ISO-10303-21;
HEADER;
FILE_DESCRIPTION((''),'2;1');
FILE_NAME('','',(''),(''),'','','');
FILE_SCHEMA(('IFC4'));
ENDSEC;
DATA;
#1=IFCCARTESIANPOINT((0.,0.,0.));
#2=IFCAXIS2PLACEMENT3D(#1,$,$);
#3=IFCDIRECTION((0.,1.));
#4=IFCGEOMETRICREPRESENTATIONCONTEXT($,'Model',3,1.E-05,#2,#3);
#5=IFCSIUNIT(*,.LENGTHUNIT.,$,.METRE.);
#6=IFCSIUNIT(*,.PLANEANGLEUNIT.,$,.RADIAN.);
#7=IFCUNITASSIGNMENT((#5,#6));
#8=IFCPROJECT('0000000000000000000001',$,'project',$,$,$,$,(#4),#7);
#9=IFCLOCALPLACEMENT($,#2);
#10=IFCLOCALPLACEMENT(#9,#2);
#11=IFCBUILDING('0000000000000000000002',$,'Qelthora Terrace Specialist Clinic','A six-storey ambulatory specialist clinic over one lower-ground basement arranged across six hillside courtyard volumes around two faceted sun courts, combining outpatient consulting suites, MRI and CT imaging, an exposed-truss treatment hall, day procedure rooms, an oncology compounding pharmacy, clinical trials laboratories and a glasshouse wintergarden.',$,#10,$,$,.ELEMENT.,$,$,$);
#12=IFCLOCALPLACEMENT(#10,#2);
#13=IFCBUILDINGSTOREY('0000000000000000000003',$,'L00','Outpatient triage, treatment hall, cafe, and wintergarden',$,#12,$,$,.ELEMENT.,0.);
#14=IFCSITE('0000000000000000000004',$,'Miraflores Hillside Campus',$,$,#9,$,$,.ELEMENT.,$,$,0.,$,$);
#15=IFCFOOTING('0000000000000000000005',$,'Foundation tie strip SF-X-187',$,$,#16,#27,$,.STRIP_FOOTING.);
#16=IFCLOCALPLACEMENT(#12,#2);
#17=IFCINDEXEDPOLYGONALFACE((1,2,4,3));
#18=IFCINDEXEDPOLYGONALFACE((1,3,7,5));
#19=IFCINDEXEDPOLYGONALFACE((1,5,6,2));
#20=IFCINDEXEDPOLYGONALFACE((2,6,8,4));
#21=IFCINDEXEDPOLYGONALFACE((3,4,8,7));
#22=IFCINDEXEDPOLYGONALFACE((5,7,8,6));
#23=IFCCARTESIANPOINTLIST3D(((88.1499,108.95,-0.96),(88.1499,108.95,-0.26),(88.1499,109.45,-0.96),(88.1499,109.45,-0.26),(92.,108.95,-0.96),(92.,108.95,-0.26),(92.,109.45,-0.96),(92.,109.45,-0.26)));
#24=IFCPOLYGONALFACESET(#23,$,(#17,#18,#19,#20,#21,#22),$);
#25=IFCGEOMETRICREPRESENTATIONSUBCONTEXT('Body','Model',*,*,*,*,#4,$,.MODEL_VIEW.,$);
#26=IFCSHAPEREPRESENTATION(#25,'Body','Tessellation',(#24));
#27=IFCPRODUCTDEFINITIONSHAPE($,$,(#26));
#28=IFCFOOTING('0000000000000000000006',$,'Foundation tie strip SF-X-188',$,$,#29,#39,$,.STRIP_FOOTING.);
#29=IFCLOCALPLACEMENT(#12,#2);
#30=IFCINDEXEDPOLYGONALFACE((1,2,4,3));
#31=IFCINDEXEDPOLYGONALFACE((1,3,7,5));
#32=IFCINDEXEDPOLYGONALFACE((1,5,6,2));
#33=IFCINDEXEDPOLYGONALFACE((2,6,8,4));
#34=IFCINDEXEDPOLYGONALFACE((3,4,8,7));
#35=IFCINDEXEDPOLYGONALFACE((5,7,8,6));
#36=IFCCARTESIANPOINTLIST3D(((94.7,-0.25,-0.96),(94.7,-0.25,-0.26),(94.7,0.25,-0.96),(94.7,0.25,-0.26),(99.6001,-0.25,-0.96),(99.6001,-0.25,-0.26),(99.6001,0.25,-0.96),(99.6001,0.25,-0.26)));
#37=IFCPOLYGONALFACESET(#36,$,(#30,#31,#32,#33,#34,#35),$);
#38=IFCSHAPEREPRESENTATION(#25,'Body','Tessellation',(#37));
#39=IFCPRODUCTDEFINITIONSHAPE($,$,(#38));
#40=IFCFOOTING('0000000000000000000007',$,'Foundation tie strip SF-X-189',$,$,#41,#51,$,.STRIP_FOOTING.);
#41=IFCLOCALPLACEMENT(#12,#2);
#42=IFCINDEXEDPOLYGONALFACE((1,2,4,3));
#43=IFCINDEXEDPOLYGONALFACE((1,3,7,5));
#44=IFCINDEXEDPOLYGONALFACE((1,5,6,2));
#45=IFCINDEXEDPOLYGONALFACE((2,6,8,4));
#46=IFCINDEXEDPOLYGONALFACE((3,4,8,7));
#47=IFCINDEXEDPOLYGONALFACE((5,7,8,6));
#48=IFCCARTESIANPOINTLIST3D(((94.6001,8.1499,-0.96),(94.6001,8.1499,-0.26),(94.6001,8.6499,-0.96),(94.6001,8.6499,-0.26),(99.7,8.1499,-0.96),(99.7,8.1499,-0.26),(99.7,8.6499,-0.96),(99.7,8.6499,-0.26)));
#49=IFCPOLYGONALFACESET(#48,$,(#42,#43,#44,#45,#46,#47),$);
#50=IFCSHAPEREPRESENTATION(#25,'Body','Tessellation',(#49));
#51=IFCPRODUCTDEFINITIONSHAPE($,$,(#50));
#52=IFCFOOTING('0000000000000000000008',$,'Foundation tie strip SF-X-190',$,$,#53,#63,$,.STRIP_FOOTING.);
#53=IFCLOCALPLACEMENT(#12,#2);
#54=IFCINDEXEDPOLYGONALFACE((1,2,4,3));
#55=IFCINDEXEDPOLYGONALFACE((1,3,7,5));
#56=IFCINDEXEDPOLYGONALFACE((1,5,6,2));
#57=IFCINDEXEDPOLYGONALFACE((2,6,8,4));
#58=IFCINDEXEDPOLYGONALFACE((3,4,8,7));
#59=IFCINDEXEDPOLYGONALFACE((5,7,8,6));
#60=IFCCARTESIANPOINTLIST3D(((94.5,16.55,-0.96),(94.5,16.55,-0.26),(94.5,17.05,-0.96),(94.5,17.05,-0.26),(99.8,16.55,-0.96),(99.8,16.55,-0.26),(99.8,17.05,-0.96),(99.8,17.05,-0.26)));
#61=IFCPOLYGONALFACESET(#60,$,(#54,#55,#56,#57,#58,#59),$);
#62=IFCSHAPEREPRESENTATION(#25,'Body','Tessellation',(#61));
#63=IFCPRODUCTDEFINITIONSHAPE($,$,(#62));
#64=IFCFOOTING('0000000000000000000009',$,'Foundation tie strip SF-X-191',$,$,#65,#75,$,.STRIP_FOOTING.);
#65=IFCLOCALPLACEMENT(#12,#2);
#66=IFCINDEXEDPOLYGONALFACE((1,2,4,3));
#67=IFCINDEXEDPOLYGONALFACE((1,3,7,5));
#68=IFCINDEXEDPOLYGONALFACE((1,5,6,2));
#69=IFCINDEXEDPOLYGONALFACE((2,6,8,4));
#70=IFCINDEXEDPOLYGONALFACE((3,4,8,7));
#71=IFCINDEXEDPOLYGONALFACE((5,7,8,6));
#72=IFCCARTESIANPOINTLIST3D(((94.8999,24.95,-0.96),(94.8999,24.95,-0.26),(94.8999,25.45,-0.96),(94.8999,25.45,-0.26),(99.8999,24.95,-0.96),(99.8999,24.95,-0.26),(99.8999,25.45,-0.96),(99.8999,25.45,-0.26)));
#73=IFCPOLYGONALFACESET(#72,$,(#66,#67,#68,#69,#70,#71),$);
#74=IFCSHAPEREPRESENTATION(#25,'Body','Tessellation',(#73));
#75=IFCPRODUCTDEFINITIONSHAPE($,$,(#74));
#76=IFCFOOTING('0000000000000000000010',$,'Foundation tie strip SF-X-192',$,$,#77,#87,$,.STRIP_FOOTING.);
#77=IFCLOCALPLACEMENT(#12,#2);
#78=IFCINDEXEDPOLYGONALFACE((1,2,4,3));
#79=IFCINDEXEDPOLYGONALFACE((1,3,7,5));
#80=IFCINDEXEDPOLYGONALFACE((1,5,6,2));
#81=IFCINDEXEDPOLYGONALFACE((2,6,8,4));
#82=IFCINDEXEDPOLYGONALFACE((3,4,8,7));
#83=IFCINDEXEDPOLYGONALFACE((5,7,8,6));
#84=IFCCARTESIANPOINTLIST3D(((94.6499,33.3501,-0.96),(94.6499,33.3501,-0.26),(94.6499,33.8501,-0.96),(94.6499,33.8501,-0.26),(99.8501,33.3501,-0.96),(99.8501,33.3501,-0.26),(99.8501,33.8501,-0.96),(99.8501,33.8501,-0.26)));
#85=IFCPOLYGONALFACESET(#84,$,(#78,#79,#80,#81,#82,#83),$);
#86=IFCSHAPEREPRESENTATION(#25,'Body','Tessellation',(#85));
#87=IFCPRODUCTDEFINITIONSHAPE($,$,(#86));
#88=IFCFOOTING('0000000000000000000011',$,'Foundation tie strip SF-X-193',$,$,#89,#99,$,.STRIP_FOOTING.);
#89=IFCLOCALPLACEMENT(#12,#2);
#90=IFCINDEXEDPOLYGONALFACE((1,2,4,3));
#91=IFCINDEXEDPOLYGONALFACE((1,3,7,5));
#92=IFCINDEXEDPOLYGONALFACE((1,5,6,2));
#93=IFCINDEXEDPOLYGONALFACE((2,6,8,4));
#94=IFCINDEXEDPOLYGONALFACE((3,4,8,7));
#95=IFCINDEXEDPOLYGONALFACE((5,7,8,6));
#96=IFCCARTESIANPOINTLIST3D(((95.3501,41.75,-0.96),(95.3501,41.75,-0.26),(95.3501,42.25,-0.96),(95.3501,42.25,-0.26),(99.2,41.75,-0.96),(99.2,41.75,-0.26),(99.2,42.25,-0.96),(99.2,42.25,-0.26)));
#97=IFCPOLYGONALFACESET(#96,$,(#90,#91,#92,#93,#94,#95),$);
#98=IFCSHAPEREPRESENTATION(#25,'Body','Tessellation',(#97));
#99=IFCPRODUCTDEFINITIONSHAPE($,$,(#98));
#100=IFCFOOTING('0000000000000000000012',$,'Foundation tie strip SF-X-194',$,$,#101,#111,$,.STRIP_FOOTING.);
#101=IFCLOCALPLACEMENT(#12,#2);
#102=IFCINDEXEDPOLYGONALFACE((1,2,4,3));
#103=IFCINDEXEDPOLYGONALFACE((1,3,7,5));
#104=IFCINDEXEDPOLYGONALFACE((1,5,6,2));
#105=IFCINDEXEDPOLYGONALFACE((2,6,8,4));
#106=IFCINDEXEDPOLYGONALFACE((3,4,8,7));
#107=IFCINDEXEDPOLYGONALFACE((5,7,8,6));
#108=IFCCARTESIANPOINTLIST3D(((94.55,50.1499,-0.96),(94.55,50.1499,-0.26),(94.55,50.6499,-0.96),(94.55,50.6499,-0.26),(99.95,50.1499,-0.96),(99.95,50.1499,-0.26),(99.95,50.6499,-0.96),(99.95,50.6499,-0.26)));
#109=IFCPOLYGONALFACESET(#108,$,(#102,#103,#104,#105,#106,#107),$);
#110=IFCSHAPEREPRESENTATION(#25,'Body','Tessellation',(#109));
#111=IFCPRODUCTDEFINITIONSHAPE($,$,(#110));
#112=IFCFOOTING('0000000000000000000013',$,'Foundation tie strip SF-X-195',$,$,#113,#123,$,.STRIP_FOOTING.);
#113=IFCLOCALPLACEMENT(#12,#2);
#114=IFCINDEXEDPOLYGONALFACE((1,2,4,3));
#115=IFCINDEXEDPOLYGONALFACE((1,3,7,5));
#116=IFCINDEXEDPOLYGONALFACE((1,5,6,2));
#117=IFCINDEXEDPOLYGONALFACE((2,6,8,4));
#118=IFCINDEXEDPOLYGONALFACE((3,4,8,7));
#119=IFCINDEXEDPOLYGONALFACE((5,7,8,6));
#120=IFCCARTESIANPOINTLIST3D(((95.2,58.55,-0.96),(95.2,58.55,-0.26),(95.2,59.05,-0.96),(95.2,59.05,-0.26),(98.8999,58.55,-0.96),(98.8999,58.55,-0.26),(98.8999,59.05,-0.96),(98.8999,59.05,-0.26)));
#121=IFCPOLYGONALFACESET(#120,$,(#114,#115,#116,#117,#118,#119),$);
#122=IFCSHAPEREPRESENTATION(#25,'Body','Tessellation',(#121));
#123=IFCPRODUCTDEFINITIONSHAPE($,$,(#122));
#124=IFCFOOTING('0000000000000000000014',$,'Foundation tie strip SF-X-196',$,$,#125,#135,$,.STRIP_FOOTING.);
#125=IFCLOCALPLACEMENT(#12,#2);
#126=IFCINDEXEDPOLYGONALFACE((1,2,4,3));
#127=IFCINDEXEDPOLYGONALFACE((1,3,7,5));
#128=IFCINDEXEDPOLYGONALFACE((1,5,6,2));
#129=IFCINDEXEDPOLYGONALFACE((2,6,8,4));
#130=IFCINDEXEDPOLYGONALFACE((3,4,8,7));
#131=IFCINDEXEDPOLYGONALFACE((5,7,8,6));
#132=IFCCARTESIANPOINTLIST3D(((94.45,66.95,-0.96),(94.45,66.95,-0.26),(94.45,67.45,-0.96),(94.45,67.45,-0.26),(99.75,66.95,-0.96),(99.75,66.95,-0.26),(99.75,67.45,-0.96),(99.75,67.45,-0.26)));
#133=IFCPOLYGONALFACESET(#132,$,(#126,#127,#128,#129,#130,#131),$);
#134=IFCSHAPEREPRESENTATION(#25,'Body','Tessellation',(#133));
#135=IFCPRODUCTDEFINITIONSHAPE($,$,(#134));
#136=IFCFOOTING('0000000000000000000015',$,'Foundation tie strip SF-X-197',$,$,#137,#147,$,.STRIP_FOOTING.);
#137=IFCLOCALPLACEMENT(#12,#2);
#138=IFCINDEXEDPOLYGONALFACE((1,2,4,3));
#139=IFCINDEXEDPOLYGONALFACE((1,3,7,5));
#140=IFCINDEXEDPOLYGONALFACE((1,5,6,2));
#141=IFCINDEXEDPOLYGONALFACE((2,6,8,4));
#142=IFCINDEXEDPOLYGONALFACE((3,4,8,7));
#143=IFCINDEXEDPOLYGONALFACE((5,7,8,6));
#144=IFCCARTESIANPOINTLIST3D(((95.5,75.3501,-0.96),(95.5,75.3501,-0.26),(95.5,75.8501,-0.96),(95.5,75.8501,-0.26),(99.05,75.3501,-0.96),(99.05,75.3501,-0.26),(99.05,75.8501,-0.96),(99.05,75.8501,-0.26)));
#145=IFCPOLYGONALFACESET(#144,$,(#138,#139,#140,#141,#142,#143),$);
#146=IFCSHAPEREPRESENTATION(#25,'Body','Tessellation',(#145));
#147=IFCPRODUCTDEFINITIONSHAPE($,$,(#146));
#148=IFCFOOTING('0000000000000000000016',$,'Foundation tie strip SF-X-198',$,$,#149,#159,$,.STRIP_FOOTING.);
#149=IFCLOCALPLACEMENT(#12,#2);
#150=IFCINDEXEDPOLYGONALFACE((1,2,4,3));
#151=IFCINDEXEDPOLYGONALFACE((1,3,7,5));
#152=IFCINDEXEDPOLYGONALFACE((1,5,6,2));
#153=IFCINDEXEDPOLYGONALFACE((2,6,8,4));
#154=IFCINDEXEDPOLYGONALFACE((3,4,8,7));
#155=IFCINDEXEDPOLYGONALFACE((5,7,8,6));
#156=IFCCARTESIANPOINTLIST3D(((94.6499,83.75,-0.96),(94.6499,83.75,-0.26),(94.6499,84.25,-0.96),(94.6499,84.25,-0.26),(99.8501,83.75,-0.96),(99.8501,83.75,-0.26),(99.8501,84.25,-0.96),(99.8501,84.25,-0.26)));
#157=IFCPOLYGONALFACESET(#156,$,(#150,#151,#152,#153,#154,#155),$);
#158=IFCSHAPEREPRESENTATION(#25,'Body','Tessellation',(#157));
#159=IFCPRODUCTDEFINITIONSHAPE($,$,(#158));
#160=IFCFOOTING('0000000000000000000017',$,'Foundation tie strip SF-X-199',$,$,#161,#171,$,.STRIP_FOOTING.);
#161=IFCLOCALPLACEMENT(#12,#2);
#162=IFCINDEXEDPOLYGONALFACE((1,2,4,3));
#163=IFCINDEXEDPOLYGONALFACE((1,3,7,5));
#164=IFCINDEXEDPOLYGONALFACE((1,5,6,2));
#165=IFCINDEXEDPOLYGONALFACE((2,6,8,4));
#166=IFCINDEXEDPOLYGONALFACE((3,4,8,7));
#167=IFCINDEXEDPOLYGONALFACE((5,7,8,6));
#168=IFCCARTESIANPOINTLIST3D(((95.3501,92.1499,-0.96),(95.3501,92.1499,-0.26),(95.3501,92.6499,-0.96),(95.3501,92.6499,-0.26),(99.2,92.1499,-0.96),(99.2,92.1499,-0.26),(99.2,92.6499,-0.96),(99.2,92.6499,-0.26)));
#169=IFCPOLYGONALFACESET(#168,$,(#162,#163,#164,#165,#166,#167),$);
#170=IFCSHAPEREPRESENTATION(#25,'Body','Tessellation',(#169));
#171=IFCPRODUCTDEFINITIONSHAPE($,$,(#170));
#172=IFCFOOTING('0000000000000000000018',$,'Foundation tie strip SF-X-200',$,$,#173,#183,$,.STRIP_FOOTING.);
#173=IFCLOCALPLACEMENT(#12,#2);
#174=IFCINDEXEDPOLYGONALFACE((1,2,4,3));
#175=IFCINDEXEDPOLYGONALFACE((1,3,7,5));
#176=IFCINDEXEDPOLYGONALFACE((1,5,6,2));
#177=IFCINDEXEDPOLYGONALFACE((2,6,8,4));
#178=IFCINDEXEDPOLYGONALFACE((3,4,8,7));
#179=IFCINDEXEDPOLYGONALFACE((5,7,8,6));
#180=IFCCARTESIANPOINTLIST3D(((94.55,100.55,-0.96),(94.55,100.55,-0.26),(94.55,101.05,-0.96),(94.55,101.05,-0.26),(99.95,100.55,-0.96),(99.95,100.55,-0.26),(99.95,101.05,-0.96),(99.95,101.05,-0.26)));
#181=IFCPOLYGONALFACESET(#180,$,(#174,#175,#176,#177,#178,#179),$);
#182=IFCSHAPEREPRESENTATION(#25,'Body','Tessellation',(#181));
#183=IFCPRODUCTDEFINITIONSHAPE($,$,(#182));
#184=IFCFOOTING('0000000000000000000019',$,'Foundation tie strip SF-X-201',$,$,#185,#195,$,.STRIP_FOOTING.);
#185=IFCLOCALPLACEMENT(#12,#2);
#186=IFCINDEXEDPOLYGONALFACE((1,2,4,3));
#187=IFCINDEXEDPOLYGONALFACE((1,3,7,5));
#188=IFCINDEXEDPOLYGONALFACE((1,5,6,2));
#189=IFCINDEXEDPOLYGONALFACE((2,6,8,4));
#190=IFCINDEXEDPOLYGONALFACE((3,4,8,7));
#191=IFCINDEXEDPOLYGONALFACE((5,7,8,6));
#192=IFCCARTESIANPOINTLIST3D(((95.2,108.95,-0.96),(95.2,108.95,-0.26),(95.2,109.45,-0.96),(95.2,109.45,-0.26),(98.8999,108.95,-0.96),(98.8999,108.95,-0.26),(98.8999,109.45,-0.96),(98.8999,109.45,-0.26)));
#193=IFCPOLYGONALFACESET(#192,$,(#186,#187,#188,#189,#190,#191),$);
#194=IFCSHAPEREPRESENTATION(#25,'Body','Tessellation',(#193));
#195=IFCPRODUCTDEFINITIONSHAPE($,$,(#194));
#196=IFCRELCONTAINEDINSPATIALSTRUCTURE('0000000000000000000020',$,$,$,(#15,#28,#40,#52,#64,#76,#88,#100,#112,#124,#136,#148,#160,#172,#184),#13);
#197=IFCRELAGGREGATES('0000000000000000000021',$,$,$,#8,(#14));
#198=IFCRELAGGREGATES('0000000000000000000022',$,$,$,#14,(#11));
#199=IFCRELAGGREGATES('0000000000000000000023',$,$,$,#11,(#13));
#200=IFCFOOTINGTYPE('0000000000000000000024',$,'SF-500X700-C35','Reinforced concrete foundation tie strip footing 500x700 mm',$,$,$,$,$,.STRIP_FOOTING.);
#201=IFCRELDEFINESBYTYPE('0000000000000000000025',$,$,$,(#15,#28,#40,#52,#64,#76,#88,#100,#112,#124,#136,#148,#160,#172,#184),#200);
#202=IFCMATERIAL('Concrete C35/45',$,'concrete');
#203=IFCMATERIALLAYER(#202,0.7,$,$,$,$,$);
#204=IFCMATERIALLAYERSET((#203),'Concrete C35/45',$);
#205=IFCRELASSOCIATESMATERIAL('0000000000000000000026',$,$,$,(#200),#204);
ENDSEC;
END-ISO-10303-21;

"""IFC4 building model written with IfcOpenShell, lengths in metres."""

from ifc_helpers import new_model, si_unit, direction, frame, origin, place, context, subcontext, project, spatial, polyline, outline, extrude, material, layer, layer_set, type_object, element, save


model = new_model("IFC4")

# Units and contexts
model_context = context("Model", 3, precision=1e-05, world=origin(), true_north=direction((0.0, 1.0)))
body_context = subcontext(model_context, "Body", "Model", "MODEL_VIEW")
ifc_project = project(units=[si_unit("LENGTHUNIT", "METRE"), si_unit("PLANEANGLEUNIT", "RADIAN")], contexts=[model_context])

# Site, building, storey
site_placement = place(None, origin())
site = spatial("IfcSite", under=ifc_project, at=site_placement, Name="Miraflores Hillside Campus", CompositionType="ELEMENT", RefElevation=0.0)
building_placement = place(site_placement, origin())
building = spatial("IfcBuilding", under=site, at=building_placement, Name="Qelthora Terrace Specialist Clinic", Description="A six-storey ambulatory specialist clinic over one lower-ground basement arranged across six hillside courtyard volumes around two faceted sun courts, combining outpatient consulting suites, MRI and CT imaging, an exposed-truss treatment hall, day procedure rooms, an oncology compounding pharmacy, clinical trials laboratories and a glasshouse wintergarden.", CompositionType="ELEMENT")
storey_placement = place(building_placement, origin())
storey = spatial("IfcBuildingStorey", under=building, at=storey_placement, Name="L00", Description="Outpatient triage, treatment hall, cafe, and wintergarden", CompositionType="ELEMENT", Elevation=0.0)

# Footings
ifc_material = material(Name="Concrete C35/45", Category="concrete")
ifc_layer = layer(ifc_material, 0.7)
ifc_layer_set = layer_set([ifc_layer], Name="Concrete C35/45")
footing_type = type_object("IfcFootingType", Name="SF-500X700-C35", Description="Reinforced concrete foundation tie strip footing 500x700 mm", PredefinedType="STRIP_FOOTING", material=ifc_layer_set)
footing_1_placement = place(storey_placement, frame((0.0, 0.0, -0.96)))
element("IfcFooting", 1, at=footing_1_placement, inside=storey, type_object=footing_type, Name="Foundation tie strip SF-X-187", PredefinedType="STRIP_FOOTING", context=body_context, shape_type="SweptSolid", body=[
    extrude(outline(polyline([(88.1499, 108.95), (92.0, 108.95), (92.0, 109.45), (88.1499, 109.45), (88.1499, 108.95)])), origin(), (0.0, 0.0, 1.0), 0.7),
])
footing_2_placement = place(storey_placement, frame((0.0, 0.0, -0.96)))
element("IfcFooting", 2, at=footing_2_placement, inside=storey, type_object=footing_type, Name="Foundation tie strip SF-X-188", PredefinedType="STRIP_FOOTING", context=body_context, shape_type="SweptSolid", body=[
    extrude(outline(polyline([(94.7, -0.25), (99.6001, -0.25), (99.6001, 0.25), (94.7, 0.25), (94.7, -0.25)])), origin(), (0.0, 0.0, 1.0), 0.7),
])
footing_3_placement = place(storey_placement, frame((0.0, 0.0, -0.96)))
element("IfcFooting", 3, at=footing_3_placement, inside=storey, type_object=footing_type, Name="Foundation tie strip SF-X-189", PredefinedType="STRIP_FOOTING", context=body_context, shape_type="SweptSolid", body=[
    extrude(outline(polyline([(94.6001, 8.1499), (99.7, 8.1499), (99.7, 8.6499), (94.6001, 8.6499), (94.6001, 8.1499)])), origin(), (0.0, 0.0, 1.0), 0.7),
])
footing_4_placement = place(storey_placement, frame((0.0, 0.0, -0.96)))
element("IfcFooting", 4, at=footing_4_placement, inside=storey, type_object=footing_type, Name="Foundation tie strip SF-X-190", PredefinedType="STRIP_FOOTING", context=body_context, shape_type="SweptSolid", body=[
    extrude(outline(polyline([(94.5, 16.55), (99.8, 16.55), (99.8, 17.05), (94.5, 17.05), (94.5, 16.55)])), origin(), (0.0, 0.0, 1.0), 0.7),
])
footing_5_placement = place(storey_placement, frame((0.0, 0.0, -0.96)))
element("IfcFooting", 5, at=footing_5_placement, inside=storey, type_object=footing_type, Name="Foundation tie strip SF-X-191", PredefinedType="STRIP_FOOTING", context=body_context, shape_type="SweptSolid", body=[
    extrude(outline(polyline([(94.8999, 24.95), (99.8999, 24.95), (99.8999, 25.45), (94.8999, 25.45), (94.8999, 24.95)])), origin(), (0.0, 0.0, 1.0), 0.7),
])
footing_6_placement = place(storey_placement, frame((0.0, 0.0, -0.96)))
element("IfcFooting", 6, at=footing_6_placement, inside=storey, type_object=footing_type, Name="Foundation tie strip SF-X-192", PredefinedType="STRIP_FOOTING", context=body_context, shape_type="SweptSolid", body=[
    extrude(outline(polyline([(94.6499, 33.3501), (99.8501, 33.3501), (99.8501, 33.8501), (94.6499, 33.8501), (94.6499, 33.3501)])), origin(), (0.0, 0.0, 1.0), 0.7),
])
footing_7_placement = place(storey_placement, frame((0.0, 0.0, -0.96)))
element("IfcFooting", 7, at=footing_7_placement, inside=storey, type_object=footing_type, Name="Foundation tie strip SF-X-193", PredefinedType="STRIP_FOOTING", context=body_context, shape_type="SweptSolid", body=[
    extrude(outline(polyline([(95.3501, 41.75), (99.2, 41.75), (99.2, 42.25), (95.3501, 42.25), (95.3501, 41.75)])), origin(), (0.0, 0.0, 1.0), 0.7),
])
footing_8_placement = place(storey_placement, frame((0.0, 0.0, -0.96)))
element("IfcFooting", 8, at=footing_8_placement, inside=storey, type_object=footing_type, Name="Foundation tie strip SF-X-194", PredefinedType="STRIP_FOOTING", context=body_context, shape_type="SweptSolid", body=[
    extrude(outline(polyline([(94.55, 50.1499), (99.95, 50.1499), (99.95, 50.6499), (94.55, 50.6499), (94.55, 50.1499)])), origin(), (0.0, 0.0, 1.0), 0.7),
])
footing_9_placement = place(storey_placement, frame((0.0, 0.0, -0.96)))
element("IfcFooting", 9, at=footing_9_placement, inside=storey, type_object=footing_type, Name="Foundation tie strip SF-X-195", PredefinedType="STRIP_FOOTING", context=body_context, shape_type="SweptSolid", body=[
    extrude(outline(polyline([(95.2, 58.55), (98.8999, 58.55), (98.8999, 59.05), (95.2, 59.05), (95.2, 58.55)])), origin(), (0.0, 0.0, 1.0), 0.7),
])
footing_10_placement = place(storey_placement, frame((0.0, 0.0, -0.96)))
element("IfcFooting", 10, at=footing_10_placement, inside=storey, type_object=footing_type, Name="Foundation tie strip SF-X-196", PredefinedType="STRIP_FOOTING", context=body_context, shape_type="SweptSolid", body=[
    extrude(outline(polyline([(94.45, 66.95), (99.75, 66.95), (99.75, 67.45), (94.45, 67.45), (94.45, 66.95)])), origin(), (0.0, 0.0, 1.0), 0.7),
])
footing_11_placement = place(storey_placement, frame((0.0, 0.0, -0.96)))
element("IfcFooting", 11, at=footing_11_placement, inside=storey, type_object=footing_type, Name="Foundation tie strip SF-X-197", PredefinedType="STRIP_FOOTING", context=body_context, shape_type="SweptSolid", body=[
    extrude(outline(polyline([(95.5, 75.3501), (99.05, 75.3501), (99.05, 75.8501), (95.5, 75.8501), (95.5, 75.3501)])), origin(), (0.0, 0.0, 1.0), 0.7),
])
footing_12_placement = place(storey_placement, frame((0.0, 0.0, -0.96)))
element("IfcFooting", 12, at=footing_12_placement, inside=storey, type_object=footing_type, Name="Foundation tie strip SF-X-198", PredefinedType="STRIP_FOOTING", context=body_context, shape_type="SweptSolid", body=[
    extrude(outline(polyline([(94.6499, 83.75), (99.8501, 83.75), (99.8501, 84.25), (94.6499, 84.25), (94.6499, 83.75)])), origin(), (0.0, 0.0, 1.0), 0.7),
])
footing_13_placement = place(storey_placement, frame((0.0, 0.0, -0.96)))
element("IfcFooting", 13, at=footing_13_placement, inside=storey, type_object=footing_type, Name="Foundation tie strip SF-X-199", PredefinedType="STRIP_FOOTING", context=body_context, shape_type="SweptSolid", body=[
    extrude(outline(polyline([(95.3501, 92.1499), (99.2, 92.1499), (99.2, 92.6499), (95.3501, 92.6499), (95.3501, 92.1499)])), origin(), (0.0, 0.0, 1.0), 0.7),
])
footing_14_placement = place(storey_placement, frame((0.0, 0.0, -0.96)))
element("IfcFooting", 14, at=footing_14_placement, inside=storey, type_object=footing_type, Name="Foundation tie strip SF-X-200", PredefinedType="STRIP_FOOTING", context=body_context, shape_type="SweptSolid", body=[
    extrude(outline(polyline([(94.55, 100.55), (99.95, 100.55), (99.95, 101.05), (94.55, 101.05), (94.55, 100.55)])), origin(), (0.0, 0.0, 1.0), 0.7),
])
footing_15_placement = place(storey_placement, frame((0.0, 0.0, -0.96)))
element("IfcFooting", 15, at=footing_15_placement, inside=storey, type_object=footing_type, Name="Foundation tie strip SF-X-201", PredefinedType="STRIP_FOOTING", context=body_context, shape_type="SweptSolid", body=[
    extrude(outline(polyline([(95.2, 108.95), (98.8999, 108.95), (98.8999, 109.45), (95.2, 109.45), (95.2, 108.95)])), origin(), (0.0, 0.0, 1.0), 0.7),
])

save(model, "model.ifc")
